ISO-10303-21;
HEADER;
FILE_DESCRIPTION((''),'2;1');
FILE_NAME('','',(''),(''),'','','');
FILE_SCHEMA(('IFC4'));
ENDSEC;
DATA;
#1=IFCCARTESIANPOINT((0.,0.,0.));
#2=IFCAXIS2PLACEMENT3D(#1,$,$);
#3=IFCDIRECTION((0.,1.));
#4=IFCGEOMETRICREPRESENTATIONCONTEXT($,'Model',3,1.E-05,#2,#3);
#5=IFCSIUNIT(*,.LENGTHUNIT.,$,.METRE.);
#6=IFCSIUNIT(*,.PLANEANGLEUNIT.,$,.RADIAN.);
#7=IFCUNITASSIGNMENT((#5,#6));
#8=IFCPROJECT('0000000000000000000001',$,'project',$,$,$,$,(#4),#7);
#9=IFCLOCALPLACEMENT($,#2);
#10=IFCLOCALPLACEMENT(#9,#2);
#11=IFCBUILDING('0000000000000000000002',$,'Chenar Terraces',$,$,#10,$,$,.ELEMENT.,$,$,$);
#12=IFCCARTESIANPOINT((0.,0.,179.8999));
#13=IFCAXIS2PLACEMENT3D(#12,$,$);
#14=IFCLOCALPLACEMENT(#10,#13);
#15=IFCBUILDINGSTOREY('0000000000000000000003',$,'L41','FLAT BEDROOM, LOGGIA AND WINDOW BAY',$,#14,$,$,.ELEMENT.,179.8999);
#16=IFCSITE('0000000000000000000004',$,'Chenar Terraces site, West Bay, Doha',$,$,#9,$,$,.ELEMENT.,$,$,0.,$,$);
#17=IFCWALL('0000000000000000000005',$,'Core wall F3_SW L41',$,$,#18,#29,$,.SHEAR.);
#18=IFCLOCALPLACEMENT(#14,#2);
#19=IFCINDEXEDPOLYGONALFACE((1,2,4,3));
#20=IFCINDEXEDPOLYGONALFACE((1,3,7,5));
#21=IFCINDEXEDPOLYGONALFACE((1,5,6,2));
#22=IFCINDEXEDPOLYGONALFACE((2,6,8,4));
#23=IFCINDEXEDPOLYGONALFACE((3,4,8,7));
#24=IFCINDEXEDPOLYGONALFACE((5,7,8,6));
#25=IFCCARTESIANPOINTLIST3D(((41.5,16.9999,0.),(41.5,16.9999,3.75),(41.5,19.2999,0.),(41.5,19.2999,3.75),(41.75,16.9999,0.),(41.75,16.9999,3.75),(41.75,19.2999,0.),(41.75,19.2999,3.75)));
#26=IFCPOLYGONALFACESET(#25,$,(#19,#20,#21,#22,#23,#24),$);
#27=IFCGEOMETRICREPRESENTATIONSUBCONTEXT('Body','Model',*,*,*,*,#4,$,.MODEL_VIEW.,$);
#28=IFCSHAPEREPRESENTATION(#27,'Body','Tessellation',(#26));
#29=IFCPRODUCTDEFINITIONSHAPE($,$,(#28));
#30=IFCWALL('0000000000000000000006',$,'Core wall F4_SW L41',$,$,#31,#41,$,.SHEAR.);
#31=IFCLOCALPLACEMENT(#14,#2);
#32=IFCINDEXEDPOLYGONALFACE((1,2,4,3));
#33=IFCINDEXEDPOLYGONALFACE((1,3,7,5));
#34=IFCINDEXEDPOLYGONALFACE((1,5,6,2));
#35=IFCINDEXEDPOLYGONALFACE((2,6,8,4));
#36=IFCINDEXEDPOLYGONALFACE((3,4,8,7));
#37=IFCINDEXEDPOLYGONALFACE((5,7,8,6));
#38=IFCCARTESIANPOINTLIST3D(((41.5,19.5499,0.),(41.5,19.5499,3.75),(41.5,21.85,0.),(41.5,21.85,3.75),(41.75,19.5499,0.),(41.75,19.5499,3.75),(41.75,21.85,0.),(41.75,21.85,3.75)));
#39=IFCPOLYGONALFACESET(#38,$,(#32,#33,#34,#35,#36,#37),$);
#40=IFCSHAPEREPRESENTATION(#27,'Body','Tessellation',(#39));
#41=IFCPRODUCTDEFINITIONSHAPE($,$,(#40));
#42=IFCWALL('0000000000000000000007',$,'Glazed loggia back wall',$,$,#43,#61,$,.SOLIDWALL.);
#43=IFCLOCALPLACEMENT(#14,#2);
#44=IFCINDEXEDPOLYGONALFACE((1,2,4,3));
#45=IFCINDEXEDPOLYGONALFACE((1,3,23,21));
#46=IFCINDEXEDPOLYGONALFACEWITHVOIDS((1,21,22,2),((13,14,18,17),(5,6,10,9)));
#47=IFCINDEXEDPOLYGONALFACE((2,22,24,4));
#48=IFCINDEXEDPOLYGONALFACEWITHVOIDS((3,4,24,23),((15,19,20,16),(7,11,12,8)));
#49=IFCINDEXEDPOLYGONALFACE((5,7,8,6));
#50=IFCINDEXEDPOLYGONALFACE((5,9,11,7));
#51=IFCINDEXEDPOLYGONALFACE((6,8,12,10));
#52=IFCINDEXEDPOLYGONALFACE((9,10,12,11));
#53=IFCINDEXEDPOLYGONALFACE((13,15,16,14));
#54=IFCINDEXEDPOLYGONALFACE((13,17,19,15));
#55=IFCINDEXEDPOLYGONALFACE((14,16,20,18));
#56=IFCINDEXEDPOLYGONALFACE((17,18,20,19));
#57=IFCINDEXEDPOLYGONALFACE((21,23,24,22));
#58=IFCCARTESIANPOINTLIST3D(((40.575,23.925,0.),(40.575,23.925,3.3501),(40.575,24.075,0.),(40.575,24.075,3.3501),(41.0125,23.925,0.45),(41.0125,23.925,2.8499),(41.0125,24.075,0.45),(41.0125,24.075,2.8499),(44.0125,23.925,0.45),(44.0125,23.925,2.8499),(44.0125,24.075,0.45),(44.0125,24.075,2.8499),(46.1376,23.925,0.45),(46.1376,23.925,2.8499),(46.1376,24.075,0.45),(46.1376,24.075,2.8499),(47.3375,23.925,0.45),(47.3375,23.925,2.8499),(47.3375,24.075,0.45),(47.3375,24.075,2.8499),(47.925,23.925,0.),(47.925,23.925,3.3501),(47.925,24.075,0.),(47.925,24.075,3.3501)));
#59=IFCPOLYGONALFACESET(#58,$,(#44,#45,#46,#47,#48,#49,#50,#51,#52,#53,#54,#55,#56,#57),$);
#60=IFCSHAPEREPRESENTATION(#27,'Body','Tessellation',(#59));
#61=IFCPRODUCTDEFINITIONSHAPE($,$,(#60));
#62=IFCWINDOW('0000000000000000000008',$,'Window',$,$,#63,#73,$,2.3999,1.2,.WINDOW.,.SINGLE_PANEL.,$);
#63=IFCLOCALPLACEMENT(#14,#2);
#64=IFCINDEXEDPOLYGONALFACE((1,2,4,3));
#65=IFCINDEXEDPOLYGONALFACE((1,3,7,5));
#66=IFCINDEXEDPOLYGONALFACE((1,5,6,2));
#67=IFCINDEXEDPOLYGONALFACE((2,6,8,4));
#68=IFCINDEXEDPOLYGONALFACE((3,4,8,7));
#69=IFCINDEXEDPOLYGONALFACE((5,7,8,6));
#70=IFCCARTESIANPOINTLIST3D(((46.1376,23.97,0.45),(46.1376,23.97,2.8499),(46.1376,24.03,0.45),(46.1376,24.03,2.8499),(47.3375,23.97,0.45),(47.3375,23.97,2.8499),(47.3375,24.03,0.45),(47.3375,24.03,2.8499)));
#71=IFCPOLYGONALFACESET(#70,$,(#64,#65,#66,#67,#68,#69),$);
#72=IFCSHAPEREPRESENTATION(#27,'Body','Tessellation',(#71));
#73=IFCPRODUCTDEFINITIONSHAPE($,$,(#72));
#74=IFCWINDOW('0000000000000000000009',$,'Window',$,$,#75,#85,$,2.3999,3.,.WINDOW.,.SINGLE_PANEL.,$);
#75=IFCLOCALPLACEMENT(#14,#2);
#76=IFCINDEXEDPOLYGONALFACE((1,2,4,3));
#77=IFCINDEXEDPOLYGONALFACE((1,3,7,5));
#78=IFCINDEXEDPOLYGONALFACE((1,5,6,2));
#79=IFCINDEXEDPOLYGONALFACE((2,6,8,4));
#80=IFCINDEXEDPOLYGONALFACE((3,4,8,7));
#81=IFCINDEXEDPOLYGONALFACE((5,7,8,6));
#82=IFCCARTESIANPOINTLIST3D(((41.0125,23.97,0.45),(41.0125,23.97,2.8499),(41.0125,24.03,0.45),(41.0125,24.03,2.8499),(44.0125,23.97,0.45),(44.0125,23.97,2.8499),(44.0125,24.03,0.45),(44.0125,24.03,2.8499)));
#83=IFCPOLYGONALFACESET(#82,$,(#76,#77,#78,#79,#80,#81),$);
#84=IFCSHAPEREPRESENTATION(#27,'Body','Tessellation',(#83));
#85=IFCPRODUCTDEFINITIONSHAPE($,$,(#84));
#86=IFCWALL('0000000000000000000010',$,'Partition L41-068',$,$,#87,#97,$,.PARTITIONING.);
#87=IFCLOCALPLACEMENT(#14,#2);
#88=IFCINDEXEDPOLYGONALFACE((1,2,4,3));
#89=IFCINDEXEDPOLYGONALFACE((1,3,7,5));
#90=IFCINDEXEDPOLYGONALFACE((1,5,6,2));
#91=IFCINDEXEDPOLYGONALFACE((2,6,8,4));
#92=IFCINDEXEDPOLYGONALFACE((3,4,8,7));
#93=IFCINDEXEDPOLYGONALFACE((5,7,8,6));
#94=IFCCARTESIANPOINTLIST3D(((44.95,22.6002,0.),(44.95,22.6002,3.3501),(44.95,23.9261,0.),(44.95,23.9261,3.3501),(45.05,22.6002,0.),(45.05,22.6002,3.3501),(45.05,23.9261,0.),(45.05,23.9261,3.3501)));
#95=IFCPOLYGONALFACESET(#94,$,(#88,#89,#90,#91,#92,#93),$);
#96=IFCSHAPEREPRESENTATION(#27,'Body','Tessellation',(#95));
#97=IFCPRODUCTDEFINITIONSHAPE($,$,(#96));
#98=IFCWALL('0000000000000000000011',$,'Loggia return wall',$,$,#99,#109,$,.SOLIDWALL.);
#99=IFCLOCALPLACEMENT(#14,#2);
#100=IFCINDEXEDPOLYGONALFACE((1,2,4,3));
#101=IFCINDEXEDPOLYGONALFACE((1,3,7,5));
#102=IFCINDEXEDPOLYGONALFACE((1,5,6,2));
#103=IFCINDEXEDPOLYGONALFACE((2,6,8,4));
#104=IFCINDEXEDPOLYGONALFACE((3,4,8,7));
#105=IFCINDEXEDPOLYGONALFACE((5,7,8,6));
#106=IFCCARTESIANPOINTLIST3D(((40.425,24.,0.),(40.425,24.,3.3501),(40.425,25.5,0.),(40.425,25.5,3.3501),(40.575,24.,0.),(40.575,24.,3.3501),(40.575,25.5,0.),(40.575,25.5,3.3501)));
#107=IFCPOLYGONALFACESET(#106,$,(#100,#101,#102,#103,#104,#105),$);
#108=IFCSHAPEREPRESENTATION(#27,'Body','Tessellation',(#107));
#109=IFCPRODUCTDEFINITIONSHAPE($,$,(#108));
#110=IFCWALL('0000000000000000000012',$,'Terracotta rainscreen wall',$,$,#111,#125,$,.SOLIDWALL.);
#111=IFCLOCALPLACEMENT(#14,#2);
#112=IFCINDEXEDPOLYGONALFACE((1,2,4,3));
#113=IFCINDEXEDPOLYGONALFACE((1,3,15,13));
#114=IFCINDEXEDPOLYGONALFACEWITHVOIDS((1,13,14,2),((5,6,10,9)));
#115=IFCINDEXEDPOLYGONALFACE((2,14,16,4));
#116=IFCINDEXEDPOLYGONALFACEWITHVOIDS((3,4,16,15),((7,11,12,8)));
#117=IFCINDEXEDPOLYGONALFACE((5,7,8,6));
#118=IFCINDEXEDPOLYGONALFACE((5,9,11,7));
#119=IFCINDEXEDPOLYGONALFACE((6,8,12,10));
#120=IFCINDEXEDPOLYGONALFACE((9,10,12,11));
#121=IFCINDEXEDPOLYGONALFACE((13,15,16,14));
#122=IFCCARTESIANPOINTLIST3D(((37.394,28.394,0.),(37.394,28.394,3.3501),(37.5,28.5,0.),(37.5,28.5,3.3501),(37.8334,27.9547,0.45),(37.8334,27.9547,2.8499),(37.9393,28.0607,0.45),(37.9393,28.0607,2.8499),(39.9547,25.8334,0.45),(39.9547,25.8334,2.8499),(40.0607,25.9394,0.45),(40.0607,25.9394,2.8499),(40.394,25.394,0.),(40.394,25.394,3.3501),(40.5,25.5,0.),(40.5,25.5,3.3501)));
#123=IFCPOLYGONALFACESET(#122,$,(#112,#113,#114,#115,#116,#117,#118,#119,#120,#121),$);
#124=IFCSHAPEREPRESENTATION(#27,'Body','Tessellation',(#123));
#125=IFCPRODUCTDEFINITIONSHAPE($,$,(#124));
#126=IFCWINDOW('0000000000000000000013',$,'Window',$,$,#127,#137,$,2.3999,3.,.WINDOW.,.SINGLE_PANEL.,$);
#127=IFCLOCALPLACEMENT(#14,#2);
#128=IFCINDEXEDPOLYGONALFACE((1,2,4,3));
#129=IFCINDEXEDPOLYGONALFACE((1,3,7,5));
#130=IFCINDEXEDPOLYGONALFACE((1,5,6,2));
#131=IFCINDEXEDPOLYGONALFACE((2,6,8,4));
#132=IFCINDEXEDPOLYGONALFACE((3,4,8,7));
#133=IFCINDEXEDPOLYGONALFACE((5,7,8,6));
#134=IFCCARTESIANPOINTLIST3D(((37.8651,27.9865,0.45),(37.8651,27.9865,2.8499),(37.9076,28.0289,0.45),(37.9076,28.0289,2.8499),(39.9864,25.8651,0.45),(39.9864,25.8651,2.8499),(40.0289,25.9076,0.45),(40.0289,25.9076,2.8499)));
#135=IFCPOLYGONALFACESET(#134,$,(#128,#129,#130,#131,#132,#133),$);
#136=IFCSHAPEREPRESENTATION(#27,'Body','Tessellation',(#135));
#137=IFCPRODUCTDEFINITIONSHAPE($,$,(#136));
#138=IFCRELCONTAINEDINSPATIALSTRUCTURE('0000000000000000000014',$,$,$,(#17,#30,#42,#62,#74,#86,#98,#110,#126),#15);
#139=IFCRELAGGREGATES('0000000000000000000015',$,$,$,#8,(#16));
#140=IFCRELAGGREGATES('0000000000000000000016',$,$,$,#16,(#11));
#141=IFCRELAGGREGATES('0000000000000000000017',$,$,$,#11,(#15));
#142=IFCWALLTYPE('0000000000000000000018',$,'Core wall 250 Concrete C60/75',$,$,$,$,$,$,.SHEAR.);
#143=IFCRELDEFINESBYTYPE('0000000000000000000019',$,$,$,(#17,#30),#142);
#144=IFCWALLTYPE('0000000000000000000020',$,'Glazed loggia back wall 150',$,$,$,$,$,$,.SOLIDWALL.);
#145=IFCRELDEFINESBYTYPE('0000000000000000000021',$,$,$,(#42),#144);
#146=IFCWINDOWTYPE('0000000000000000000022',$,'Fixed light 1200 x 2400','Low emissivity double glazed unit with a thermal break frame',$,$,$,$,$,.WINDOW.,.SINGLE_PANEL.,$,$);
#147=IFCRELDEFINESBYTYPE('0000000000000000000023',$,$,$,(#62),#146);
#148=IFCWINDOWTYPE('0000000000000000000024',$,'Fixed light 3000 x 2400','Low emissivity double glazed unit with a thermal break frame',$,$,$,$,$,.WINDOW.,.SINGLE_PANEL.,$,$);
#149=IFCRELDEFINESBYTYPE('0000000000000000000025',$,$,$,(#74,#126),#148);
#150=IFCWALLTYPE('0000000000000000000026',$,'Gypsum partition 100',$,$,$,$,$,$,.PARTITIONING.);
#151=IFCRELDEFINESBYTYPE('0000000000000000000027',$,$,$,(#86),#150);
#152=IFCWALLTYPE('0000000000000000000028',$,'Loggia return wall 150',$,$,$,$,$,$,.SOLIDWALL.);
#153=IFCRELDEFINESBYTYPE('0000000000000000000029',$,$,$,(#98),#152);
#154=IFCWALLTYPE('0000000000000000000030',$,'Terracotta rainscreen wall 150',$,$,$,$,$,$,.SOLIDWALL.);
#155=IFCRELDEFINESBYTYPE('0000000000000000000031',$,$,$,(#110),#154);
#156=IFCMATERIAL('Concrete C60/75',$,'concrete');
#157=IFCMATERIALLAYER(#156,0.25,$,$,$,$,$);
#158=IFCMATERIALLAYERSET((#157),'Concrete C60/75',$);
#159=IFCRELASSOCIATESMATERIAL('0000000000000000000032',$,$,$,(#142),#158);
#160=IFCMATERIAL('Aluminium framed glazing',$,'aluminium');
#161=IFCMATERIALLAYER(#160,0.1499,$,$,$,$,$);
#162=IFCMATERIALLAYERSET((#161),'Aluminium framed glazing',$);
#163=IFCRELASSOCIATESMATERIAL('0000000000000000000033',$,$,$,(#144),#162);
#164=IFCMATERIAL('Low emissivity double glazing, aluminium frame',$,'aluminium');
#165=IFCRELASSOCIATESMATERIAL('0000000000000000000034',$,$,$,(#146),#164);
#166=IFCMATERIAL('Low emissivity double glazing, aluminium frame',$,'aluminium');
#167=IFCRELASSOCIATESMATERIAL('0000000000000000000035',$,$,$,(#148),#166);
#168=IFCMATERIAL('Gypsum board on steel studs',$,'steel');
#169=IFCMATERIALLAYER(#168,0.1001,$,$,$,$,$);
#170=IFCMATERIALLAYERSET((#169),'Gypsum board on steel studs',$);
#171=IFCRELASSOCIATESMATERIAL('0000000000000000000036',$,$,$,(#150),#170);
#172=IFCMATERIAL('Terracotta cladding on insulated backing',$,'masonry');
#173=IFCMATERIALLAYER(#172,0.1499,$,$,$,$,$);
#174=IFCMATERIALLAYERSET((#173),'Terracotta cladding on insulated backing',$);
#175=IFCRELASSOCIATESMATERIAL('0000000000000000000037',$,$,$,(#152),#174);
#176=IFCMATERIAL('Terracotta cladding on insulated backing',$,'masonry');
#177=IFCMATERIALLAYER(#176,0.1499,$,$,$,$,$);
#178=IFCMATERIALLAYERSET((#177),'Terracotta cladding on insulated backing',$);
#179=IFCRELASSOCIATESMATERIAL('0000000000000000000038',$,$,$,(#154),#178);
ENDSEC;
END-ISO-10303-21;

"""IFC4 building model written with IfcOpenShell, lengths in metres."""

from ifc_helpers import new_model, si_unit, direction, frame, frame_2d, origin, place, context, subcontext, project, spatial, rectangle, extrude, material, layer, layer_set, type_object, element, fill, save


model = new_model("IFC4")

# Units and contexts
model_context = context("Model", 3, precision=1e-05, world=origin(), true_north=direction((0.0, 1.0)))
body_context = subcontext(model_context, "Body", "Model", "MODEL_VIEW")
ifc_project = project(units=[si_unit("LENGTHUNIT", "METRE"), si_unit("PLANEANGLEUNIT", "RADIAN")], contexts=[model_context])

# Site, building, storey
site_placement = place(None, origin())
site = spatial("IfcSite", under=ifc_project, at=site_placement, Name="Chenar Terraces site, West Bay, Doha", CompositionType="ELEMENT", RefElevation=0.0)
building_placement = place(site_placement, origin())
building = spatial("IfcBuilding", under=site, at=building_placement, Name="Chenar Terraces", CompositionType="ELEMENT")
storey_placement = place(building_placement, frame((0.0, 0.0, 179.8999)))
storey = spatial("IfcBuildingStorey", under=building, at=storey_placement, Name="L41", Description="FLAT BEDROOM, LOGGIA AND WINDOW BAY", CompositionType="ELEMENT", Elevation=179.8999)

# Shared definitions
ifc_material_1 = material(Name="Concrete C60/75", Category="concrete")
ifc_layer_1 = layer(ifc_material_1, 0.25)
ifc_layer_set_1 = layer_set([ifc_layer_1], Name="Concrete C60/75")
wall_type_1 = type_object("IfcWallType", Name="Core wall 250 Concrete C60/75", PredefinedType="SHEAR", material=ifc_layer_set_1)

# Walls
for number, where, z_axis, x_axis, name in (
    (1, (41.625, 17.0, 0.0), (0.0, 0.0, 1.0), (0.0, 1.0, 0.0), "Core wall F3_SW L41"),
    (2, (41.625, 19.55, 0.0), (0.0, 0.0, 1.0), (0.0, 1.0, 0.0), "Core wall F4_SW L41"),
):
    element("IfcWall", number, at=place(storey_placement, frame(where, z_axis=z_axis, x_axis=x_axis)), inside=storey, type_object=wall_type_1, Name=name, PredefinedType="SHEAR", context=body_context, shape_type="SweptSolid", body=[
        extrude(rectangle(XDim=2.3, YDim=0.25, at=frame_2d((1.1499, 0.0))), origin(), (0.0, 0.0, 1.0), 3.75),
    ])

# Wall, openings, windows
ifc_material_2 = material(Name="Aluminium framed glazing", Category="aluminium")
ifc_layer_2 = layer(ifc_material_2, 0.1499)
ifc_layer_set_2 = layer_set([ifc_layer_2], Name="Aluminium framed glazing")
wall_type_2 = type_object("IfcWallType", Name="Glazed loggia back wall 150", PredefinedType="SOLIDWALL", material=ifc_layer_set_2)
wall_1_placement = place(storey_placement, frame((47.925, 24.0, 0.0), z_axis=(0.0, 0.0, 1.0), x_axis=(-1.0, 0.0, 0.0)))
wall_1 = element("IfcWall", 3, at=wall_1_placement, inside=storey, type_object=wall_type_2, Name="Glazed loggia back wall", PredefinedType="SOLIDWALL", context=body_context, shape_type="SweptSolid", body=[
    extrude(rectangle(XDim=7.3501, YDim=0.1499, at=frame_2d((3.675, 0.0))), origin(), (0.0, 0.0, 1.0), 3.3501),
])
opening_1_placement = place(wall_1_placement, frame((0.5874, 0.0, 0.45)))
opening_1 = element("IfcOpeningElement", 4, at=opening_1_placement, cuts=wall_1, PredefinedType="OPENING", context=body_context, shape_type="SweptSolid", body=[
    extrude(rectangle(XDim=1.2, YDim=2.3999, at=frame_2d((0.6001, 1.2))), frame((0.0, 0.085, 0.0), z_axis=(0.0, -1.0, 0.0), x_axis=(1.0, 0.0, 0.0)), (0.0, 0.0, 1.0), 0.1699),
])
opening_2_placement = place(wall_1_placement, frame((3.9126, 0.0, 0.45)))
opening_2 = element("IfcOpeningElement", 5, at=opening_2_placement, cuts=wall_1, PredefinedType="OPENING", context=body_context, shape_type="SweptSolid", body=[
    extrude(rectangle(XDim=3.0, YDim=2.3999, at=frame_2d((1.5, 1.2))), frame((0.0, 0.085, 0.0), z_axis=(0.0, -1.0, 0.0), x_axis=(1.0, 0.0, 0.0)), (0.0, 0.0, 1.0), 0.1699),
])
ifc_material_3 = material(Name="Low emissivity double glazing, aluminium frame", Category="aluminium")
window_type_1 = type_object("IfcWindowType", Name="Fixed light 1200 x 2400", Description="Low emissivity double glazed unit with a thermal break frame", PartitioningType="SINGLE_PANEL", PredefinedType="WINDOW", material=ifc_material_3)
window_1_placement = place(opening_1_placement, origin())
window_1 = element("IfcWindow", 6, at=window_1_placement, inside=storey, type_object=window_type_1, Name="Window", OverallHeight=2.3999, OverallWidth=1.2, PartitioningType="SINGLE_PANEL", PredefinedType="WINDOW", context=body_context, shape_type="SweptSolid", body=[
    extrude(rectangle(XDim=1.2, YDim=2.3999, at=frame_2d((0.6001, 1.2))), frame((0.0, 0.03, 0.0), z_axis=(0.0, -1.0, 0.0), x_axis=(1.0, 0.0, 0.0)), (0.0, 0.0, 1.0), 0.0601),
])
fill(opening_1, window_1)
ifc_material_4 = material(Name="Low emissivity double glazing, aluminium frame", Category="aluminium")
window_type_2 = type_object("IfcWindowType", Name="Fixed light 3000 x 2400", Description="Low emissivity double glazed unit with a thermal break frame", PartitioningType="SINGLE_PANEL", PredefinedType="WINDOW", material=ifc_material_4)
window_2_placement = place(opening_2_placement, origin())
window_2 = element("IfcWindow", 7, at=window_2_placement, inside=storey, type_object=window_type_2, Name="Window", OverallHeight=2.3999, OverallWidth=3.0, PartitioningType="SINGLE_PANEL", PredefinedType="WINDOW", context=body_context, shape_type="SweptSolid", body=[
    extrude(rectangle(XDim=3.0, YDim=2.3999, at=frame_2d((1.5, 1.2))), frame((0.0, 0.03, 0.0), z_axis=(0.0, -1.0, 0.0), x_axis=(1.0, 0.0, 0.0)), (0.0, 0.0, 1.0), 0.0601),
])
fill(opening_2, window_2)

# Walls
ifc_material_5 = material(Name="Gypsum board on steel studs", Category="steel")
ifc_layer_3 = layer(ifc_material_5, 0.1001)
ifc_layer_set_3 = layer_set([ifc_layer_3], Name="Gypsum board on steel studs")
wall_type_3 = type_object("IfcWallType", Name="Gypsum partition 100", PredefinedType="PARTITIONING", material=ifc_layer_set_3)
wall_2_placement = place(storey_placement, frame((45.0, 22.6001, 0.0), z_axis=(0.0, 0.0, 1.0), x_axis=(0.0, 1.0, 0.0)))
element("IfcWall", 8, at=wall_2_placement, inside=storey, type_object=wall_type_3, Name="Partition L41-068", PredefinedType="PARTITIONING", context=body_context, shape_type="SweptSolid", body=[
    extrude(rectangle(XDim=1.3259, YDim=0.1001, at=frame_2d((0.6631, 0.0))), origin(), (0.0, 0.0, 1.0), 3.3501),
])
ifc_material_6 = material(Name="Terracotta cladding on insulated backing", Category="masonry")
ifc_layer_4 = layer(ifc_material_6, 0.1499)
ifc_layer_set_4 = layer_set([ifc_layer_4], Name="Terracotta cladding on insulated backing")
wall_type_4 = type_object("IfcWallType", Name="Loggia return wall 150", PredefinedType="SOLIDWALL", material=ifc_layer_set_4)
wall_3_placement = place(storey_placement, frame((40.5, 25.5, 0.0), z_axis=(0.0, 0.0, 1.0), x_axis=(0.0, -1.0, 0.0)))
element("IfcWall", 9, at=wall_3_placement, inside=storey, type_object=wall_type_4, Name="Loggia return wall", PredefinedType="SOLIDWALL", context=body_context, shape_type="SweptSolid", body=[
    extrude(rectangle(XDim=1.5, YDim=0.1499, at=frame_2d((0.75, 0.0))), origin(), (0.0, 0.0, 1.0), 3.3501),
])

# Wall, opening, window
ifc_material_7 = material(Name="Terracotta cladding on insulated backing", Category="masonry")
ifc_layer_5 = layer(ifc_material_7, 0.1499)
ifc_layer_set_5 = layer_set([ifc_layer_5], Name="Terracotta cladding on insulated backing")
wall_type_5 = type_object("IfcWallType", Name="Terracotta rainscreen wall 150", PredefinedType="SOLIDWALL", material=ifc_layer_set_5)
wall_4_placement = place(storey_placement, frame((40.447, 25.447, 0.0), z_axis=(0.0, 0.0, 1.0), x_axis=(-0.707107, 0.707107, 0.0)))
wall_4 = element("IfcWall", 10, at=wall_4_placement, inside=storey, type_object=wall_type_5, Name="Terracotta rainscreen wall", PredefinedType="SOLIDWALL", context=body_context, shape_type="SweptSolid", body=[
    extrude(rectangle(XDim=4.2427, YDim=0.1499, at=frame_2d((2.1213, 0.0))), origin(), (0.0, 0.0, 1.0), 3.3501),
])
opening_3_placement = place(wall_4_placement, frame((0.6213, 0.0, 0.45)))
opening_3 = element("IfcOpeningElement", 11, at=opening_3_placement, cuts=wall_4, PredefinedType="OPENING", context=body_context, shape_type="SweptSolid", body=[
    extrude(rectangle(XDim=3.0, YDim=2.3999, at=frame_2d((1.5, 1.2))), frame((0.0, 0.085, 0.0), z_axis=(0.0, -1.0, 0.0), x_axis=(1.0, 0.0, 0.0)), (0.0, 0.0, 1.0), 0.1699),
])
window_3_placement = place(opening_3_placement, origin())
window_3 = element("IfcWindow", 12, at=window_3_placement, inside=storey, type_object=window_type_2, Name="Window", OverallHeight=2.3999, OverallWidth=3.0, PartitioningType="SINGLE_PANEL", PredefinedType="WINDOW", context=body_context, shape_type="SweptSolid", body=[
    extrude(rectangle(XDim=3.0, YDim=2.3999, at=frame_2d((1.5, 1.2))), frame((0.0, 0.03, 0.0), z_axis=(0.0, -1.0, 0.0), x_axis=(1.0, 0.0, 0.0)), (0.0, 0.0, 1.0), 0.0601),
])
fill(opening_3, window_3)

save(model, "model.ifc")
